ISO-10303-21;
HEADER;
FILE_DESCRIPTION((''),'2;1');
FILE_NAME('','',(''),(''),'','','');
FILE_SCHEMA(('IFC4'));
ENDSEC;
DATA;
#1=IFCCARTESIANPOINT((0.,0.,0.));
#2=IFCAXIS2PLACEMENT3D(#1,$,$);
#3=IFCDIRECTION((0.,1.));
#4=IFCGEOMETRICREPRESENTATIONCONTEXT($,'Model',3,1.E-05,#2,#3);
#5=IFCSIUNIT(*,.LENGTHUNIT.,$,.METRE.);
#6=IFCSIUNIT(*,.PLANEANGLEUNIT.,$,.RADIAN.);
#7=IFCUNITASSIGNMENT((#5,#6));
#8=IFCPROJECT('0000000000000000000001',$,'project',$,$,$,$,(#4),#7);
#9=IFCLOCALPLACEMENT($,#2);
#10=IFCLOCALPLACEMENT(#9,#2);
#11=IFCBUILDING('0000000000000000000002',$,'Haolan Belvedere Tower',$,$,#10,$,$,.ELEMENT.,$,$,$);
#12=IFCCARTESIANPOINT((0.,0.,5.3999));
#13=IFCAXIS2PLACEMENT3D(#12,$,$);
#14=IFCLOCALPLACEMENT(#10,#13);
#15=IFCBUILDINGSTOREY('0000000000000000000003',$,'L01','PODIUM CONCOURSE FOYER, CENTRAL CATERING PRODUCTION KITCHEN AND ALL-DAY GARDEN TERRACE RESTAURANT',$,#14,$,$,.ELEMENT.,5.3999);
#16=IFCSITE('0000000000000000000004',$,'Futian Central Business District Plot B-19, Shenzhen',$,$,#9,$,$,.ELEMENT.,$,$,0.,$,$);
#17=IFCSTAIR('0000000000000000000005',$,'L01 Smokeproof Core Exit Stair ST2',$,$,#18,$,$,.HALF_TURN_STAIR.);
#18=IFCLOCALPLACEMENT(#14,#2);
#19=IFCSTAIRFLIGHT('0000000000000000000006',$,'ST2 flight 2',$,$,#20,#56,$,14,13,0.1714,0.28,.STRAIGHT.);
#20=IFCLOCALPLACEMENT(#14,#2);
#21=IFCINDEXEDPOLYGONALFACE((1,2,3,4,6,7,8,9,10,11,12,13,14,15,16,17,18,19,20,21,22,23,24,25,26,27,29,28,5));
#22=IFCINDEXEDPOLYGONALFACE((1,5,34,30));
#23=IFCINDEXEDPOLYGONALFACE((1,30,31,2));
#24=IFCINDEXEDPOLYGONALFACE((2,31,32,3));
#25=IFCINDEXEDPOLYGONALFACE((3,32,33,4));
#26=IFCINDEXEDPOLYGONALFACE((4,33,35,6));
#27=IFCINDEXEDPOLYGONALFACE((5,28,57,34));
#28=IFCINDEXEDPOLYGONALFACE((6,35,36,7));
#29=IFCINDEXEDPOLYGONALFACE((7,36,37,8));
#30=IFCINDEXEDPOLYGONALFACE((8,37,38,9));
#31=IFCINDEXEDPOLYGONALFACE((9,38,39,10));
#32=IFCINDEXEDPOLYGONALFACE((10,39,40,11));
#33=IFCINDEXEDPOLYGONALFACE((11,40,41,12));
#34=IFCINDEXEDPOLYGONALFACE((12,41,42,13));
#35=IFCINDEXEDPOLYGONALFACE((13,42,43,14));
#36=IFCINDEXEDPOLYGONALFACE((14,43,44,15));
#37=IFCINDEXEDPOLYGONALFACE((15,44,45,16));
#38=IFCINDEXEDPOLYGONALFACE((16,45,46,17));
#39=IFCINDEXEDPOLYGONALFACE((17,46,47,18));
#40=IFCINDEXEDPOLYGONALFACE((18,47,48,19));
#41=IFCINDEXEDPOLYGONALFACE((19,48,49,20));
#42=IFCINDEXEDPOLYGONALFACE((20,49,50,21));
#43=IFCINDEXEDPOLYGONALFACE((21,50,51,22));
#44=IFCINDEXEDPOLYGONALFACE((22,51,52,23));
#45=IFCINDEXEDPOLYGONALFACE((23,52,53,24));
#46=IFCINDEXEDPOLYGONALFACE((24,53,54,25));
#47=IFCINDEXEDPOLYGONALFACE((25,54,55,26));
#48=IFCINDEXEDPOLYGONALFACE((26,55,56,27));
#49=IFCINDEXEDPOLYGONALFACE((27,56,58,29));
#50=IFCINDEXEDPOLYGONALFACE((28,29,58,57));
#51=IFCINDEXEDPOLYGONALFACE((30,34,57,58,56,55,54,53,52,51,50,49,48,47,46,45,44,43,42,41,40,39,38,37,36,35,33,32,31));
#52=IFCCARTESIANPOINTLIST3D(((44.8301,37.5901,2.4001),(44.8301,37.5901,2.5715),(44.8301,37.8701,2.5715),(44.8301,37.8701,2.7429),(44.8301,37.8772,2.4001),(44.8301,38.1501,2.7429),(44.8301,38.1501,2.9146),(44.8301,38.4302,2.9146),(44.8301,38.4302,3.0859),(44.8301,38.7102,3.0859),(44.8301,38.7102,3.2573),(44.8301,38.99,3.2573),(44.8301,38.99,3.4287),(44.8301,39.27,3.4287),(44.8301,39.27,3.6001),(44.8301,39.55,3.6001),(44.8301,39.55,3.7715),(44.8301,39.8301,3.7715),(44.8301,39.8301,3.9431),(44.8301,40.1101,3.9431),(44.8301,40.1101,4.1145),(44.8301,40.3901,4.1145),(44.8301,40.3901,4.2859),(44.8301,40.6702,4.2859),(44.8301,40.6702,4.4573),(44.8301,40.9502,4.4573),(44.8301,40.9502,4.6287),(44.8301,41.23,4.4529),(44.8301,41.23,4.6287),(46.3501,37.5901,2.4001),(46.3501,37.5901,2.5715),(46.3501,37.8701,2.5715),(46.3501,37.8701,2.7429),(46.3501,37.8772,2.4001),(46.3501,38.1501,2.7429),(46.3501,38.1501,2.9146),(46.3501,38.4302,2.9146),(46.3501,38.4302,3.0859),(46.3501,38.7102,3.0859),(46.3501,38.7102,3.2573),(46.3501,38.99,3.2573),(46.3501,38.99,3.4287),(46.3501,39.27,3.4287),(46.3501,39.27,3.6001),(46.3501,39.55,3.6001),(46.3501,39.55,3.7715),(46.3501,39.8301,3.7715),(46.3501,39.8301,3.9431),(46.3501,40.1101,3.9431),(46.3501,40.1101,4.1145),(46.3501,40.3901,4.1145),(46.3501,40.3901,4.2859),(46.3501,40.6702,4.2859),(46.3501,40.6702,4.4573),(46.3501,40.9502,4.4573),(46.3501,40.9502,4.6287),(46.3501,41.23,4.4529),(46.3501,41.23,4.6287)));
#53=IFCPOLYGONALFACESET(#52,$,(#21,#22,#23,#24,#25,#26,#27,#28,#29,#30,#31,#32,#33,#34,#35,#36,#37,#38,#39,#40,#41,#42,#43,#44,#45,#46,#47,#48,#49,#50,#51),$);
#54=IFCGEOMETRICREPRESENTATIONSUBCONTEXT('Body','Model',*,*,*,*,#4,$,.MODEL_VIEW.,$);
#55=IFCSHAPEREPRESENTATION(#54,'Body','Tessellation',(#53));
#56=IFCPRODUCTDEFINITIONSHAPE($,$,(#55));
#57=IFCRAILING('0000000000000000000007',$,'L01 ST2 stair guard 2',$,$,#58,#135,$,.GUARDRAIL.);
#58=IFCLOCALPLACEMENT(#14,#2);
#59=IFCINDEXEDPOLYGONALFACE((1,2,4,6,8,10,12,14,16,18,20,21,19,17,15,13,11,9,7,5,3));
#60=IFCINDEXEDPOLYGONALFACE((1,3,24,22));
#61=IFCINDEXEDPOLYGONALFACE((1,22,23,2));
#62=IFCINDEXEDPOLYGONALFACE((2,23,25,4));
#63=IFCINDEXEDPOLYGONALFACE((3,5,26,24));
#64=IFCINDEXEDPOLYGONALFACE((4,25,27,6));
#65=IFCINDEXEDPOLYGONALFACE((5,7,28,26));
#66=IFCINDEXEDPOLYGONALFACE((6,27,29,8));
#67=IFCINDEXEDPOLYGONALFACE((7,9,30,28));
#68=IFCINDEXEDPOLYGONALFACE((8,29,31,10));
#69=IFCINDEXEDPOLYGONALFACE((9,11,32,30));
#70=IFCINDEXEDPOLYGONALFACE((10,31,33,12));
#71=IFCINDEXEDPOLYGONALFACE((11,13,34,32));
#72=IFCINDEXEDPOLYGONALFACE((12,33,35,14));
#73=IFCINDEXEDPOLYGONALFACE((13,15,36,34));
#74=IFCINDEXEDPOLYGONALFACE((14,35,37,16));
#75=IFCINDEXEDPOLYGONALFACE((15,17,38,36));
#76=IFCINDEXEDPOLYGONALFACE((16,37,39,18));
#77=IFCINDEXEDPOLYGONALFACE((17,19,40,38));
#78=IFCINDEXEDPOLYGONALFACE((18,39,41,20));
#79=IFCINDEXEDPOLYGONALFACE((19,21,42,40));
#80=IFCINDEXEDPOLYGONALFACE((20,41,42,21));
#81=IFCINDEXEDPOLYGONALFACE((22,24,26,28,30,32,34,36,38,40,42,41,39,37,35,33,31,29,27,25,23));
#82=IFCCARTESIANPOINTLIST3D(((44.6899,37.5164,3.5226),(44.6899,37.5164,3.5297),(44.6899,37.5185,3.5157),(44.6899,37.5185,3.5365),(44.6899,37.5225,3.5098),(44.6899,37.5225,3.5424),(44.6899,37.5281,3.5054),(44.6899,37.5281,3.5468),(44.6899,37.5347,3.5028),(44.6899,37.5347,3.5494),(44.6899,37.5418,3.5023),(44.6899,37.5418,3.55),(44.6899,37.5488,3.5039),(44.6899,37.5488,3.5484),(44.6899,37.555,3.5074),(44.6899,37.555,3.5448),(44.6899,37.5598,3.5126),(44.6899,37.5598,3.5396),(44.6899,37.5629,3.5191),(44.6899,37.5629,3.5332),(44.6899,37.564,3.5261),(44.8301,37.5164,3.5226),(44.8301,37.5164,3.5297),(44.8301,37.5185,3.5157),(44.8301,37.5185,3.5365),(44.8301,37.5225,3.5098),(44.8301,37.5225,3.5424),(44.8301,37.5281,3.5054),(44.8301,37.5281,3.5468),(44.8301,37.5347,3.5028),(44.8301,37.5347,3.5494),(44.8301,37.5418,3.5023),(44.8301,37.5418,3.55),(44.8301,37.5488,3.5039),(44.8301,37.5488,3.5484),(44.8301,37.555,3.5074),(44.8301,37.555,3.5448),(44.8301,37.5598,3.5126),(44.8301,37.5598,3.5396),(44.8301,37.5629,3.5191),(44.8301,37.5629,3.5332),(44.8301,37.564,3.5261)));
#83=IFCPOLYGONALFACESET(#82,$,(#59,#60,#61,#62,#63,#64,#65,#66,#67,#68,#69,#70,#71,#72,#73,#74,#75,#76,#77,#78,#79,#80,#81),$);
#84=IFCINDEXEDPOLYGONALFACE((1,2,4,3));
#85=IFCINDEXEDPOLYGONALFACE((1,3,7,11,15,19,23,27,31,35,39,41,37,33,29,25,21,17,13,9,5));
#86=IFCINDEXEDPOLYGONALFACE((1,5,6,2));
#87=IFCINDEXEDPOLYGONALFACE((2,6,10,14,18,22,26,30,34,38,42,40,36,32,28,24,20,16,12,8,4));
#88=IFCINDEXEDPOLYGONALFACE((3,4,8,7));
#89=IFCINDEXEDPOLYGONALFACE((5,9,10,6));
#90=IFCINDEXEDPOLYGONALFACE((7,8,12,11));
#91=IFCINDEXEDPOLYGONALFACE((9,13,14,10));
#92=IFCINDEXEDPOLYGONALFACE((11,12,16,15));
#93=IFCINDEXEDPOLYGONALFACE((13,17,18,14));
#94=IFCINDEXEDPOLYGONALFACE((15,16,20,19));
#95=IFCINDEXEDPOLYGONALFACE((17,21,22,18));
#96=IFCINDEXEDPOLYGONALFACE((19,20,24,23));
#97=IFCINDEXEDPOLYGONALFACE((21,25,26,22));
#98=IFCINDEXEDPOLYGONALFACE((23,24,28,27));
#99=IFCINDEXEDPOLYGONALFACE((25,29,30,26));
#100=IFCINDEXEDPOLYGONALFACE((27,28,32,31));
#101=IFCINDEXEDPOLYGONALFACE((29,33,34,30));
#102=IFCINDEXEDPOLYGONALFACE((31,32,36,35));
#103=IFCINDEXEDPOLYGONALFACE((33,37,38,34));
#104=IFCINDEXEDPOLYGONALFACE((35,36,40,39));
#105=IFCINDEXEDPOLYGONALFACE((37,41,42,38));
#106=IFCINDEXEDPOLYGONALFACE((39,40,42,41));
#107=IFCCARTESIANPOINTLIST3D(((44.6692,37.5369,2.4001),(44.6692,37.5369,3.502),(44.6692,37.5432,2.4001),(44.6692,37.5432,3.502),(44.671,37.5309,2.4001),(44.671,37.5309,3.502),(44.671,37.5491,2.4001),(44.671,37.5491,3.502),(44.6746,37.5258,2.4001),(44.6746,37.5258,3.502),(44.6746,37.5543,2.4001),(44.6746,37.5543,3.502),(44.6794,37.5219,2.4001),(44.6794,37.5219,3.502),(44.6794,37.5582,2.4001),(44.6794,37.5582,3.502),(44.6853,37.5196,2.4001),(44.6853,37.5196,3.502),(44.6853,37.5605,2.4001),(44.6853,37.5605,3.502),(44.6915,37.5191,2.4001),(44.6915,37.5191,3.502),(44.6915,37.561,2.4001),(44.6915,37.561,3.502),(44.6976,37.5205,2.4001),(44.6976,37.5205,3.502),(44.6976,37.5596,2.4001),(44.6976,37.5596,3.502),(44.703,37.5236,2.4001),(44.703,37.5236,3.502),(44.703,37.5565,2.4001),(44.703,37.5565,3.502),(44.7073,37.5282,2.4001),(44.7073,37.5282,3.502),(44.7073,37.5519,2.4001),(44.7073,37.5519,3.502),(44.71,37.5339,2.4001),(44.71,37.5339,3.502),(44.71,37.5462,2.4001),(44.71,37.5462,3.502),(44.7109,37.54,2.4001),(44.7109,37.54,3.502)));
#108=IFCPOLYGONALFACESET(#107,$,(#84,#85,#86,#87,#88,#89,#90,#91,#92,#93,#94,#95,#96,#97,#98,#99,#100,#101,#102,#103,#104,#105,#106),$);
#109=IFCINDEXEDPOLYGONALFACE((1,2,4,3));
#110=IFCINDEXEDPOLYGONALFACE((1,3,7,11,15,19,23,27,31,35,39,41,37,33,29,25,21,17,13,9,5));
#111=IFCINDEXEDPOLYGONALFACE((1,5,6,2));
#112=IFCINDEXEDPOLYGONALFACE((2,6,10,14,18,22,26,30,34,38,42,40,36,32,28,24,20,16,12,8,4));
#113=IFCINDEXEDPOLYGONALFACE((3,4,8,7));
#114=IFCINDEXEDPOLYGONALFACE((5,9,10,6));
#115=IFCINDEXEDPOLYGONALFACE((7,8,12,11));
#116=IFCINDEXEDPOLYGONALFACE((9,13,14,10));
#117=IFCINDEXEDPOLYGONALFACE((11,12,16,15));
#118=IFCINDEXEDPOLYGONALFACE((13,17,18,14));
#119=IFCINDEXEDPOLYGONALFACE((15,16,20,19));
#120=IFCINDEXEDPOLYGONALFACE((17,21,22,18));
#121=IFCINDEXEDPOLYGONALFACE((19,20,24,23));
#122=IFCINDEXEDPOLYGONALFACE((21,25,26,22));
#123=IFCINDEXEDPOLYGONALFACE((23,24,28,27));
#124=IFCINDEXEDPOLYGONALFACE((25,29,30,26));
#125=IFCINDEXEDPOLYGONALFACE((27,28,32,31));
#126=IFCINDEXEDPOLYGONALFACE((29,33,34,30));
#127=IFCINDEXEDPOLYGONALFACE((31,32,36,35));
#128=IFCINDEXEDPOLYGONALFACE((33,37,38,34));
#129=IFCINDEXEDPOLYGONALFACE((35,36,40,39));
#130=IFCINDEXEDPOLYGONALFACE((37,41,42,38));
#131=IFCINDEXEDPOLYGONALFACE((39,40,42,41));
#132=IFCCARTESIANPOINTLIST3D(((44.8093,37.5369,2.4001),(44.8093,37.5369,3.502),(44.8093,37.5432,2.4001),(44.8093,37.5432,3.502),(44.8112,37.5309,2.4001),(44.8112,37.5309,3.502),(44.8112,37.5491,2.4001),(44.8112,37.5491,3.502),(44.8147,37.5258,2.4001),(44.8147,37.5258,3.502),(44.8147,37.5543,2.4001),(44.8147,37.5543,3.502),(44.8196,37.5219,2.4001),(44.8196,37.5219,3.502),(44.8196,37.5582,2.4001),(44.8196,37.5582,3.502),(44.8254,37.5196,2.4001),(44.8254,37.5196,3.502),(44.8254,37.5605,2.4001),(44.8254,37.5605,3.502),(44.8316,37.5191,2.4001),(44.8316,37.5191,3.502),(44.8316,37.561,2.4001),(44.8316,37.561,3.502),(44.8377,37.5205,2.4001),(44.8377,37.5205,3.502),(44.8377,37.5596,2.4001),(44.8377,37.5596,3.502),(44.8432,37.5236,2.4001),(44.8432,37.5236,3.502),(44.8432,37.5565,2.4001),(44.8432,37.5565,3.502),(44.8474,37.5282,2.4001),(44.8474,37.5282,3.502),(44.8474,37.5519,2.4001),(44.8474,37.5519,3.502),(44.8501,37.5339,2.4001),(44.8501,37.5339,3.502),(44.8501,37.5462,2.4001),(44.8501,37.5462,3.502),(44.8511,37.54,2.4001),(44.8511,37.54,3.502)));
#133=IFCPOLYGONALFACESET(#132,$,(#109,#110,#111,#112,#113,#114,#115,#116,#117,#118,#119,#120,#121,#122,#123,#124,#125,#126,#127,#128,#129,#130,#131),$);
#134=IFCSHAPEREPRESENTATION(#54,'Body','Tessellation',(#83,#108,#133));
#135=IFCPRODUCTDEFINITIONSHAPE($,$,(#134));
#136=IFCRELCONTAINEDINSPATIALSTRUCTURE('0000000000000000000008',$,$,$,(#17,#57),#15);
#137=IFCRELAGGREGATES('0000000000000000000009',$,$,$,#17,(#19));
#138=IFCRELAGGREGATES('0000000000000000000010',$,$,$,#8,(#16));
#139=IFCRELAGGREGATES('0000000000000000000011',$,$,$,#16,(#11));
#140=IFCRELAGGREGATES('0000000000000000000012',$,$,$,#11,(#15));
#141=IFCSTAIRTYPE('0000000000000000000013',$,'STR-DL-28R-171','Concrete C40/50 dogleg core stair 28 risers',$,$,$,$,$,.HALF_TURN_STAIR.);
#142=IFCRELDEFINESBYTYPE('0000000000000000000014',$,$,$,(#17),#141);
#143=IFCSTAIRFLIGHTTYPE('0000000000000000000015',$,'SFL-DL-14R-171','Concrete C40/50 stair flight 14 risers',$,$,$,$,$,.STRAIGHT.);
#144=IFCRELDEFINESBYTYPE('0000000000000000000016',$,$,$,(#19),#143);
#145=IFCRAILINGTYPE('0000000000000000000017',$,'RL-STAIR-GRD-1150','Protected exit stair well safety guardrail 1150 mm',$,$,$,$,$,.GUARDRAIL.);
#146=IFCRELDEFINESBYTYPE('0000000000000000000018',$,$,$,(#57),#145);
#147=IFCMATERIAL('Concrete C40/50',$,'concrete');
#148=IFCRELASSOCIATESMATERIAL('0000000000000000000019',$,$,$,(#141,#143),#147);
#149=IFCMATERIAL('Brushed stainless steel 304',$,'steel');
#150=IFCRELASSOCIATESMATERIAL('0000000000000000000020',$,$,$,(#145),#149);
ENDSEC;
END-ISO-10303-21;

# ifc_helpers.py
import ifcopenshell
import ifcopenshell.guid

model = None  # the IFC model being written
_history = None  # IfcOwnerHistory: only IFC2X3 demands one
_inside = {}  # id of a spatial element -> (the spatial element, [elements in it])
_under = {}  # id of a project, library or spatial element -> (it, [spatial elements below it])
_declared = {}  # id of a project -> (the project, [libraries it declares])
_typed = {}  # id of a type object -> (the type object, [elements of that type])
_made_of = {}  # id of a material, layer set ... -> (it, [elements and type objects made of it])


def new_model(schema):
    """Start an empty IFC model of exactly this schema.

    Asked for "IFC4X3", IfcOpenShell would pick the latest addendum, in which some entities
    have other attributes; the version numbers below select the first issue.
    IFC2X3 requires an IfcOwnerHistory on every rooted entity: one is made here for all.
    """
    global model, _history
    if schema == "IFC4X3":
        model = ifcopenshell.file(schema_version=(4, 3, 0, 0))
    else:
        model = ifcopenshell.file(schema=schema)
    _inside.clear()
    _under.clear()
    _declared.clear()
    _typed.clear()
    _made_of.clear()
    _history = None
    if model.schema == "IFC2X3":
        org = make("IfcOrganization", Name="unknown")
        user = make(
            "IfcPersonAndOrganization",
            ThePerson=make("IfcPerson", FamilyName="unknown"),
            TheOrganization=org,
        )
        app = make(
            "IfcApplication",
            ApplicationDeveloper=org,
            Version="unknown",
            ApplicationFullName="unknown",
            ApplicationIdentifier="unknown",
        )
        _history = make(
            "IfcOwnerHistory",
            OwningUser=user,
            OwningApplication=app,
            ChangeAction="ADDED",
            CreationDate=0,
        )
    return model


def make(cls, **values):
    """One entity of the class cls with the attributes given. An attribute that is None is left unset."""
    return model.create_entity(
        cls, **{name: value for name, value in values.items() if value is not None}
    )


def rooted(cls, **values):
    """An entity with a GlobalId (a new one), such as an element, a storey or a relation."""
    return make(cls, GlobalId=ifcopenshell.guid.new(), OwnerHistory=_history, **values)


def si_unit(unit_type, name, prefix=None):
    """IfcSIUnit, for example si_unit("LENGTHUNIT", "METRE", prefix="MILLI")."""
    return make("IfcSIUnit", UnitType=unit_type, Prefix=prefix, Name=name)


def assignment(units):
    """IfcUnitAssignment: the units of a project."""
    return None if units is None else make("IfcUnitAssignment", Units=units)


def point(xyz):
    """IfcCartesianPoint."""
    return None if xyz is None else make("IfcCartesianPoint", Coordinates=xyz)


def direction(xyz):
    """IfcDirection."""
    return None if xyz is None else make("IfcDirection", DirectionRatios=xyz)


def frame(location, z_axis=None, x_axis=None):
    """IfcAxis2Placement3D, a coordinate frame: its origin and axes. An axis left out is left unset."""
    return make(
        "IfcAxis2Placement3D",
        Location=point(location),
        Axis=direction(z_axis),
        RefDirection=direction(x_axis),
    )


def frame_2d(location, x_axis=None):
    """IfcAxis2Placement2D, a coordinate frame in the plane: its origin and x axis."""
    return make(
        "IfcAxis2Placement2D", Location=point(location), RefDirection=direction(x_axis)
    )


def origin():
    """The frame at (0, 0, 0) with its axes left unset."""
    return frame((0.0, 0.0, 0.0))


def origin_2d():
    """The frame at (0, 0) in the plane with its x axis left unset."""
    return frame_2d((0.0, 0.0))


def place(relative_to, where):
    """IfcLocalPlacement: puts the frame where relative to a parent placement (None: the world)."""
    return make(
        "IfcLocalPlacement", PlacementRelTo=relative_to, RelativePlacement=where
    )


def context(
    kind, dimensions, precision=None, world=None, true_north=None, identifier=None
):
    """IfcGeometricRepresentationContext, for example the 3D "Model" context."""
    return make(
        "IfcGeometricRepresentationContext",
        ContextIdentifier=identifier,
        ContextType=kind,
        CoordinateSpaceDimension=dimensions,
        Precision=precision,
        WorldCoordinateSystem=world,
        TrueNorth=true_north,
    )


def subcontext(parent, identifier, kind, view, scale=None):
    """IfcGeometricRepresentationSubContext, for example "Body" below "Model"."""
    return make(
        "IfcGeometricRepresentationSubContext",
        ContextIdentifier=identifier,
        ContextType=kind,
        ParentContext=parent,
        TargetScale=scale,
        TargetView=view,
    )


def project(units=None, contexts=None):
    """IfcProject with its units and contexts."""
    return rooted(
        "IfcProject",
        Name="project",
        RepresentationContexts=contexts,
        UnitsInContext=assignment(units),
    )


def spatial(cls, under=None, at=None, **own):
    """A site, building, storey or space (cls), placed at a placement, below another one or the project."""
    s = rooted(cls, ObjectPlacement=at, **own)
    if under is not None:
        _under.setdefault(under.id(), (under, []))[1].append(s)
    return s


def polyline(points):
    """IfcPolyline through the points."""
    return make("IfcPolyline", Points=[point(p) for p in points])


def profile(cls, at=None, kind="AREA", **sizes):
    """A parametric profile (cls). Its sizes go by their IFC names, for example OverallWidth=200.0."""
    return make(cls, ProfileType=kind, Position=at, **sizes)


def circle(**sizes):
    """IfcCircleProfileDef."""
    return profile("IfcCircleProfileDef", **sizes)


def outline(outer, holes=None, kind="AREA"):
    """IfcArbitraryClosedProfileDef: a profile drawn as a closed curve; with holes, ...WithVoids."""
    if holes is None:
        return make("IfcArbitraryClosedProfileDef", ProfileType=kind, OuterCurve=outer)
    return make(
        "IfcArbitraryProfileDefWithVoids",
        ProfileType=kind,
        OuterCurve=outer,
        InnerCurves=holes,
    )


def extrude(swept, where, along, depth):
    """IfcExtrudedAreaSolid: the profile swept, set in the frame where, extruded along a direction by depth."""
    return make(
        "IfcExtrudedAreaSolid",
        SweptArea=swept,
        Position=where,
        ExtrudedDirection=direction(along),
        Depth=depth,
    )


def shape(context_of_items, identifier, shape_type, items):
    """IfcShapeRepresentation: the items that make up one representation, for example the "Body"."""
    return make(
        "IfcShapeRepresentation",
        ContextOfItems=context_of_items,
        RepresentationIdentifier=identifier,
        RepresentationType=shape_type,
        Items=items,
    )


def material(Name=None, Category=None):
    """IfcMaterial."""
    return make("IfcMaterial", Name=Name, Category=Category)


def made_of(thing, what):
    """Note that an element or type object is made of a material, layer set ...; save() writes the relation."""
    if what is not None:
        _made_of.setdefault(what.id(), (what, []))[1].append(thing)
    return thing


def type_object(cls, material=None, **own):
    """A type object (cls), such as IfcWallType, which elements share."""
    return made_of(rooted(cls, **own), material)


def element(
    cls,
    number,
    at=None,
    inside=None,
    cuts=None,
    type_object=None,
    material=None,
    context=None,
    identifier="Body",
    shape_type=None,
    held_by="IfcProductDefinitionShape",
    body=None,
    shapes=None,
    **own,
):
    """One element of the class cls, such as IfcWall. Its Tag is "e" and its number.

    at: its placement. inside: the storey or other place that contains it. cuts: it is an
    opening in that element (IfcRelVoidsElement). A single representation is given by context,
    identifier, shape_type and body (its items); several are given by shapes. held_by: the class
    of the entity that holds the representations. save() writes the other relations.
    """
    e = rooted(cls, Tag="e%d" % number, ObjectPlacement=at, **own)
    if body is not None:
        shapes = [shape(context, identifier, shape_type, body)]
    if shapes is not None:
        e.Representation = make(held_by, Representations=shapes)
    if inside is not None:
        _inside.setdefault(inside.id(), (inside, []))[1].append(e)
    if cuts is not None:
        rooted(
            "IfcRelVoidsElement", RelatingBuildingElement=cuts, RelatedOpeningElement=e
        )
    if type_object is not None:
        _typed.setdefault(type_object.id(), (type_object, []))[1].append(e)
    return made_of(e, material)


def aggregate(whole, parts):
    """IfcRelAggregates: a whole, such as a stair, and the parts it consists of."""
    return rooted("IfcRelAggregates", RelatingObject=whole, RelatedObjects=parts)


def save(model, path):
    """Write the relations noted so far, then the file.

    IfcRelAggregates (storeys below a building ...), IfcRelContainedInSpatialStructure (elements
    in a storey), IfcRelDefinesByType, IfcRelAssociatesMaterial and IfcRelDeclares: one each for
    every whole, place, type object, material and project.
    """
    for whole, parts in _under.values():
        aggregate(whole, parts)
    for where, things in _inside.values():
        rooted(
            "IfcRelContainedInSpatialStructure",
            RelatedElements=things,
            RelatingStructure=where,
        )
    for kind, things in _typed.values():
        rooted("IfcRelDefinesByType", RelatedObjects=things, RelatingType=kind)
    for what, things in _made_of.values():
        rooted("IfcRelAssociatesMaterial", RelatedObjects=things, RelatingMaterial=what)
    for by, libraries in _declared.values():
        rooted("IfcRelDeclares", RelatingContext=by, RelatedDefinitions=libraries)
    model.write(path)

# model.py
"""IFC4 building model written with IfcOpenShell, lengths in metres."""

from ifc_helpers import new_model, si_unit, direction, frame, origin, origin_2d, place, context, subcontext, project, spatial, polyline, circle, outline, extrude, material, type_object, element, aggregate, save


model = new_model("IFC4")

# Units and contexts
model_context = context("Model", 3, precision=1e-05, world=origin(), true_north=direction((0.0, 1.0)))
body_context = subcontext(model_context, "Body", "Model", "MODEL_VIEW")
ifc_project = project(units=[si_unit("LENGTHUNIT", "METRE"), si_unit("PLANEANGLEUNIT", "RADIAN")], contexts=[model_context])

# Site, building, storey
site_placement = place(None, origin())
site = spatial("IfcSite", under=ifc_project, at=site_placement, Name="Futian Central Business District Plot B-19, Shenzhen", CompositionType="ELEMENT", RefElevation=0.0)
building_placement = place(site_placement, origin())
building = spatial("IfcBuilding", under=site, at=building_placement, Name="Haolan Belvedere Tower", CompositionType="ELEMENT")
storey_placement = place(building_placement, frame((0.0, 0.0, 5.3999)))
storey = spatial("IfcBuildingStorey", under=building, at=storey_placement, Name="L01", Description="PODIUM CONCOURSE FOYER, CENTRAL CATERING PRODUCTION KITCHEN AND ALL-DAY GARDEN TERRACE RESTAURANT", CompositionType="ELEMENT", Elevation=5.3999)

# Shared definitions
ifc_material_1 = material(Name="Concrete C40/50", Category="concrete")

# Stair, stair flight
stair_type = type_object("IfcStairType", Name="STR-DL-28R-171", Description="Concrete C40/50 dogleg core stair 28 risers", PredefinedType="HALF_TURN_STAIR", material=ifc_material_1)
stair_placement = place(storey_placement, origin())
stair = element("IfcStair", 1, at=stair_placement, inside=storey, type_object=stair_type, Name="L01 Smokeproof Core Exit Stair ST2", PredefinedType="HALF_TURN_STAIR")
stair_flight_type = type_object("IfcStairFlightType", Name="SFL-DL-14R-171", Description="Concrete C40/50 stair flight 14 risers", PredefinedType="STRAIGHT", material=ifc_material_1)
stair_flight_placement = place(storey_placement, frame((45.5901, 37.5901, 2.4001), z_axis=(0.0, 0.0, 1.0), x_axis=(0.0, 1.0, 0.0)))
stair_flight = element("IfcStairFlight", 2, at=stair_flight_placement, type_object=stair_flight_type, Name="ST2 flight 2", NumberOfRisers=14, NumberOfTreads=13, PredefinedType="STRAIGHT", RiserHeight=0.1714, TreadLength=0.28, context=body_context, shape_type="SweptSolid", body=[
    extrude(outline(polyline([(0.0, 0.0), (0.0, 0.1714), (0.28, 0.1714), (0.28, 0.3428), (0.5601, 0.3428), (0.5601, 0.5144), (0.8401, 0.5144), (0.8401, 0.6858), (1.1201, 0.6858), (1.1201, 0.8572), (1.3999, 0.8572), (1.3999, 1.0286), (1.6799, 1.0286), (1.6799, 1.2), (1.96, 1.2), (1.96, 1.3713), (2.24, 1.3713), (2.24, 1.543), (2.52, 1.543), (2.52, 1.7144), (2.8, 1.7144), (2.8, 1.8857), (3.0801, 1.8857), (3.0801, 2.0571), (3.3601, 2.0571), (3.3601, 2.2285), (3.6399, 2.2285), (3.6399, 2.3999), (3.6399, 2.0527), (0.2871, 0.0), (0.0, 0.0)])), frame((0.0, 0.76, 0.0), z_axis=(0.0, -1.0, 0.0), x_axis=(1.0, 0.0, 0.0)), (0.0, 0.0, 1.0), 1.52),
])
aggregate(stair, [stair_flight])

# Railing
ifc_material_2 = material(Name="Brushed stainless steel 304", Category="steel")
railing_type_1 = type_object("IfcRailingType", Name="RL-STAIR-GRD-1150", Description="Protected exit stair well safety guardrail 1150 mm", PredefinedType="GUARDRAIL", material=ifc_material_2)
railing_1_placement = place(storey_placement, frame((44.6899, 37.54, 2.4001)))
element("IfcRailing", 3, at=railing_1_placement, inside=storey, type_object=railing_type_1, Name="L01 ST2 stair guard 2", PredefinedType="GUARDRAIL", context=body_context, shape_type="SweptSolid", body=[
    extrude(circle(Radius=0.0239, at=origin_2d()), frame((0.0, 0.0, 1.126), z_axis=(1.0, 0.0, 0.0), x_axis=(0.0, 1.0, 0.0)), (0.0, 0.0, 1.0), 0.1401),
    extrude(circle(Radius=0.021, at=origin_2d()), origin(), (0.0, 0.0, 1.0), 1.1018),
    extrude(circle(Radius=0.021, at=origin_2d()), frame((0.1401, 0.0, 0.0)), (0.0, 0.0, 1.0), 1.1018),
])

save(model, "model.ifc")
